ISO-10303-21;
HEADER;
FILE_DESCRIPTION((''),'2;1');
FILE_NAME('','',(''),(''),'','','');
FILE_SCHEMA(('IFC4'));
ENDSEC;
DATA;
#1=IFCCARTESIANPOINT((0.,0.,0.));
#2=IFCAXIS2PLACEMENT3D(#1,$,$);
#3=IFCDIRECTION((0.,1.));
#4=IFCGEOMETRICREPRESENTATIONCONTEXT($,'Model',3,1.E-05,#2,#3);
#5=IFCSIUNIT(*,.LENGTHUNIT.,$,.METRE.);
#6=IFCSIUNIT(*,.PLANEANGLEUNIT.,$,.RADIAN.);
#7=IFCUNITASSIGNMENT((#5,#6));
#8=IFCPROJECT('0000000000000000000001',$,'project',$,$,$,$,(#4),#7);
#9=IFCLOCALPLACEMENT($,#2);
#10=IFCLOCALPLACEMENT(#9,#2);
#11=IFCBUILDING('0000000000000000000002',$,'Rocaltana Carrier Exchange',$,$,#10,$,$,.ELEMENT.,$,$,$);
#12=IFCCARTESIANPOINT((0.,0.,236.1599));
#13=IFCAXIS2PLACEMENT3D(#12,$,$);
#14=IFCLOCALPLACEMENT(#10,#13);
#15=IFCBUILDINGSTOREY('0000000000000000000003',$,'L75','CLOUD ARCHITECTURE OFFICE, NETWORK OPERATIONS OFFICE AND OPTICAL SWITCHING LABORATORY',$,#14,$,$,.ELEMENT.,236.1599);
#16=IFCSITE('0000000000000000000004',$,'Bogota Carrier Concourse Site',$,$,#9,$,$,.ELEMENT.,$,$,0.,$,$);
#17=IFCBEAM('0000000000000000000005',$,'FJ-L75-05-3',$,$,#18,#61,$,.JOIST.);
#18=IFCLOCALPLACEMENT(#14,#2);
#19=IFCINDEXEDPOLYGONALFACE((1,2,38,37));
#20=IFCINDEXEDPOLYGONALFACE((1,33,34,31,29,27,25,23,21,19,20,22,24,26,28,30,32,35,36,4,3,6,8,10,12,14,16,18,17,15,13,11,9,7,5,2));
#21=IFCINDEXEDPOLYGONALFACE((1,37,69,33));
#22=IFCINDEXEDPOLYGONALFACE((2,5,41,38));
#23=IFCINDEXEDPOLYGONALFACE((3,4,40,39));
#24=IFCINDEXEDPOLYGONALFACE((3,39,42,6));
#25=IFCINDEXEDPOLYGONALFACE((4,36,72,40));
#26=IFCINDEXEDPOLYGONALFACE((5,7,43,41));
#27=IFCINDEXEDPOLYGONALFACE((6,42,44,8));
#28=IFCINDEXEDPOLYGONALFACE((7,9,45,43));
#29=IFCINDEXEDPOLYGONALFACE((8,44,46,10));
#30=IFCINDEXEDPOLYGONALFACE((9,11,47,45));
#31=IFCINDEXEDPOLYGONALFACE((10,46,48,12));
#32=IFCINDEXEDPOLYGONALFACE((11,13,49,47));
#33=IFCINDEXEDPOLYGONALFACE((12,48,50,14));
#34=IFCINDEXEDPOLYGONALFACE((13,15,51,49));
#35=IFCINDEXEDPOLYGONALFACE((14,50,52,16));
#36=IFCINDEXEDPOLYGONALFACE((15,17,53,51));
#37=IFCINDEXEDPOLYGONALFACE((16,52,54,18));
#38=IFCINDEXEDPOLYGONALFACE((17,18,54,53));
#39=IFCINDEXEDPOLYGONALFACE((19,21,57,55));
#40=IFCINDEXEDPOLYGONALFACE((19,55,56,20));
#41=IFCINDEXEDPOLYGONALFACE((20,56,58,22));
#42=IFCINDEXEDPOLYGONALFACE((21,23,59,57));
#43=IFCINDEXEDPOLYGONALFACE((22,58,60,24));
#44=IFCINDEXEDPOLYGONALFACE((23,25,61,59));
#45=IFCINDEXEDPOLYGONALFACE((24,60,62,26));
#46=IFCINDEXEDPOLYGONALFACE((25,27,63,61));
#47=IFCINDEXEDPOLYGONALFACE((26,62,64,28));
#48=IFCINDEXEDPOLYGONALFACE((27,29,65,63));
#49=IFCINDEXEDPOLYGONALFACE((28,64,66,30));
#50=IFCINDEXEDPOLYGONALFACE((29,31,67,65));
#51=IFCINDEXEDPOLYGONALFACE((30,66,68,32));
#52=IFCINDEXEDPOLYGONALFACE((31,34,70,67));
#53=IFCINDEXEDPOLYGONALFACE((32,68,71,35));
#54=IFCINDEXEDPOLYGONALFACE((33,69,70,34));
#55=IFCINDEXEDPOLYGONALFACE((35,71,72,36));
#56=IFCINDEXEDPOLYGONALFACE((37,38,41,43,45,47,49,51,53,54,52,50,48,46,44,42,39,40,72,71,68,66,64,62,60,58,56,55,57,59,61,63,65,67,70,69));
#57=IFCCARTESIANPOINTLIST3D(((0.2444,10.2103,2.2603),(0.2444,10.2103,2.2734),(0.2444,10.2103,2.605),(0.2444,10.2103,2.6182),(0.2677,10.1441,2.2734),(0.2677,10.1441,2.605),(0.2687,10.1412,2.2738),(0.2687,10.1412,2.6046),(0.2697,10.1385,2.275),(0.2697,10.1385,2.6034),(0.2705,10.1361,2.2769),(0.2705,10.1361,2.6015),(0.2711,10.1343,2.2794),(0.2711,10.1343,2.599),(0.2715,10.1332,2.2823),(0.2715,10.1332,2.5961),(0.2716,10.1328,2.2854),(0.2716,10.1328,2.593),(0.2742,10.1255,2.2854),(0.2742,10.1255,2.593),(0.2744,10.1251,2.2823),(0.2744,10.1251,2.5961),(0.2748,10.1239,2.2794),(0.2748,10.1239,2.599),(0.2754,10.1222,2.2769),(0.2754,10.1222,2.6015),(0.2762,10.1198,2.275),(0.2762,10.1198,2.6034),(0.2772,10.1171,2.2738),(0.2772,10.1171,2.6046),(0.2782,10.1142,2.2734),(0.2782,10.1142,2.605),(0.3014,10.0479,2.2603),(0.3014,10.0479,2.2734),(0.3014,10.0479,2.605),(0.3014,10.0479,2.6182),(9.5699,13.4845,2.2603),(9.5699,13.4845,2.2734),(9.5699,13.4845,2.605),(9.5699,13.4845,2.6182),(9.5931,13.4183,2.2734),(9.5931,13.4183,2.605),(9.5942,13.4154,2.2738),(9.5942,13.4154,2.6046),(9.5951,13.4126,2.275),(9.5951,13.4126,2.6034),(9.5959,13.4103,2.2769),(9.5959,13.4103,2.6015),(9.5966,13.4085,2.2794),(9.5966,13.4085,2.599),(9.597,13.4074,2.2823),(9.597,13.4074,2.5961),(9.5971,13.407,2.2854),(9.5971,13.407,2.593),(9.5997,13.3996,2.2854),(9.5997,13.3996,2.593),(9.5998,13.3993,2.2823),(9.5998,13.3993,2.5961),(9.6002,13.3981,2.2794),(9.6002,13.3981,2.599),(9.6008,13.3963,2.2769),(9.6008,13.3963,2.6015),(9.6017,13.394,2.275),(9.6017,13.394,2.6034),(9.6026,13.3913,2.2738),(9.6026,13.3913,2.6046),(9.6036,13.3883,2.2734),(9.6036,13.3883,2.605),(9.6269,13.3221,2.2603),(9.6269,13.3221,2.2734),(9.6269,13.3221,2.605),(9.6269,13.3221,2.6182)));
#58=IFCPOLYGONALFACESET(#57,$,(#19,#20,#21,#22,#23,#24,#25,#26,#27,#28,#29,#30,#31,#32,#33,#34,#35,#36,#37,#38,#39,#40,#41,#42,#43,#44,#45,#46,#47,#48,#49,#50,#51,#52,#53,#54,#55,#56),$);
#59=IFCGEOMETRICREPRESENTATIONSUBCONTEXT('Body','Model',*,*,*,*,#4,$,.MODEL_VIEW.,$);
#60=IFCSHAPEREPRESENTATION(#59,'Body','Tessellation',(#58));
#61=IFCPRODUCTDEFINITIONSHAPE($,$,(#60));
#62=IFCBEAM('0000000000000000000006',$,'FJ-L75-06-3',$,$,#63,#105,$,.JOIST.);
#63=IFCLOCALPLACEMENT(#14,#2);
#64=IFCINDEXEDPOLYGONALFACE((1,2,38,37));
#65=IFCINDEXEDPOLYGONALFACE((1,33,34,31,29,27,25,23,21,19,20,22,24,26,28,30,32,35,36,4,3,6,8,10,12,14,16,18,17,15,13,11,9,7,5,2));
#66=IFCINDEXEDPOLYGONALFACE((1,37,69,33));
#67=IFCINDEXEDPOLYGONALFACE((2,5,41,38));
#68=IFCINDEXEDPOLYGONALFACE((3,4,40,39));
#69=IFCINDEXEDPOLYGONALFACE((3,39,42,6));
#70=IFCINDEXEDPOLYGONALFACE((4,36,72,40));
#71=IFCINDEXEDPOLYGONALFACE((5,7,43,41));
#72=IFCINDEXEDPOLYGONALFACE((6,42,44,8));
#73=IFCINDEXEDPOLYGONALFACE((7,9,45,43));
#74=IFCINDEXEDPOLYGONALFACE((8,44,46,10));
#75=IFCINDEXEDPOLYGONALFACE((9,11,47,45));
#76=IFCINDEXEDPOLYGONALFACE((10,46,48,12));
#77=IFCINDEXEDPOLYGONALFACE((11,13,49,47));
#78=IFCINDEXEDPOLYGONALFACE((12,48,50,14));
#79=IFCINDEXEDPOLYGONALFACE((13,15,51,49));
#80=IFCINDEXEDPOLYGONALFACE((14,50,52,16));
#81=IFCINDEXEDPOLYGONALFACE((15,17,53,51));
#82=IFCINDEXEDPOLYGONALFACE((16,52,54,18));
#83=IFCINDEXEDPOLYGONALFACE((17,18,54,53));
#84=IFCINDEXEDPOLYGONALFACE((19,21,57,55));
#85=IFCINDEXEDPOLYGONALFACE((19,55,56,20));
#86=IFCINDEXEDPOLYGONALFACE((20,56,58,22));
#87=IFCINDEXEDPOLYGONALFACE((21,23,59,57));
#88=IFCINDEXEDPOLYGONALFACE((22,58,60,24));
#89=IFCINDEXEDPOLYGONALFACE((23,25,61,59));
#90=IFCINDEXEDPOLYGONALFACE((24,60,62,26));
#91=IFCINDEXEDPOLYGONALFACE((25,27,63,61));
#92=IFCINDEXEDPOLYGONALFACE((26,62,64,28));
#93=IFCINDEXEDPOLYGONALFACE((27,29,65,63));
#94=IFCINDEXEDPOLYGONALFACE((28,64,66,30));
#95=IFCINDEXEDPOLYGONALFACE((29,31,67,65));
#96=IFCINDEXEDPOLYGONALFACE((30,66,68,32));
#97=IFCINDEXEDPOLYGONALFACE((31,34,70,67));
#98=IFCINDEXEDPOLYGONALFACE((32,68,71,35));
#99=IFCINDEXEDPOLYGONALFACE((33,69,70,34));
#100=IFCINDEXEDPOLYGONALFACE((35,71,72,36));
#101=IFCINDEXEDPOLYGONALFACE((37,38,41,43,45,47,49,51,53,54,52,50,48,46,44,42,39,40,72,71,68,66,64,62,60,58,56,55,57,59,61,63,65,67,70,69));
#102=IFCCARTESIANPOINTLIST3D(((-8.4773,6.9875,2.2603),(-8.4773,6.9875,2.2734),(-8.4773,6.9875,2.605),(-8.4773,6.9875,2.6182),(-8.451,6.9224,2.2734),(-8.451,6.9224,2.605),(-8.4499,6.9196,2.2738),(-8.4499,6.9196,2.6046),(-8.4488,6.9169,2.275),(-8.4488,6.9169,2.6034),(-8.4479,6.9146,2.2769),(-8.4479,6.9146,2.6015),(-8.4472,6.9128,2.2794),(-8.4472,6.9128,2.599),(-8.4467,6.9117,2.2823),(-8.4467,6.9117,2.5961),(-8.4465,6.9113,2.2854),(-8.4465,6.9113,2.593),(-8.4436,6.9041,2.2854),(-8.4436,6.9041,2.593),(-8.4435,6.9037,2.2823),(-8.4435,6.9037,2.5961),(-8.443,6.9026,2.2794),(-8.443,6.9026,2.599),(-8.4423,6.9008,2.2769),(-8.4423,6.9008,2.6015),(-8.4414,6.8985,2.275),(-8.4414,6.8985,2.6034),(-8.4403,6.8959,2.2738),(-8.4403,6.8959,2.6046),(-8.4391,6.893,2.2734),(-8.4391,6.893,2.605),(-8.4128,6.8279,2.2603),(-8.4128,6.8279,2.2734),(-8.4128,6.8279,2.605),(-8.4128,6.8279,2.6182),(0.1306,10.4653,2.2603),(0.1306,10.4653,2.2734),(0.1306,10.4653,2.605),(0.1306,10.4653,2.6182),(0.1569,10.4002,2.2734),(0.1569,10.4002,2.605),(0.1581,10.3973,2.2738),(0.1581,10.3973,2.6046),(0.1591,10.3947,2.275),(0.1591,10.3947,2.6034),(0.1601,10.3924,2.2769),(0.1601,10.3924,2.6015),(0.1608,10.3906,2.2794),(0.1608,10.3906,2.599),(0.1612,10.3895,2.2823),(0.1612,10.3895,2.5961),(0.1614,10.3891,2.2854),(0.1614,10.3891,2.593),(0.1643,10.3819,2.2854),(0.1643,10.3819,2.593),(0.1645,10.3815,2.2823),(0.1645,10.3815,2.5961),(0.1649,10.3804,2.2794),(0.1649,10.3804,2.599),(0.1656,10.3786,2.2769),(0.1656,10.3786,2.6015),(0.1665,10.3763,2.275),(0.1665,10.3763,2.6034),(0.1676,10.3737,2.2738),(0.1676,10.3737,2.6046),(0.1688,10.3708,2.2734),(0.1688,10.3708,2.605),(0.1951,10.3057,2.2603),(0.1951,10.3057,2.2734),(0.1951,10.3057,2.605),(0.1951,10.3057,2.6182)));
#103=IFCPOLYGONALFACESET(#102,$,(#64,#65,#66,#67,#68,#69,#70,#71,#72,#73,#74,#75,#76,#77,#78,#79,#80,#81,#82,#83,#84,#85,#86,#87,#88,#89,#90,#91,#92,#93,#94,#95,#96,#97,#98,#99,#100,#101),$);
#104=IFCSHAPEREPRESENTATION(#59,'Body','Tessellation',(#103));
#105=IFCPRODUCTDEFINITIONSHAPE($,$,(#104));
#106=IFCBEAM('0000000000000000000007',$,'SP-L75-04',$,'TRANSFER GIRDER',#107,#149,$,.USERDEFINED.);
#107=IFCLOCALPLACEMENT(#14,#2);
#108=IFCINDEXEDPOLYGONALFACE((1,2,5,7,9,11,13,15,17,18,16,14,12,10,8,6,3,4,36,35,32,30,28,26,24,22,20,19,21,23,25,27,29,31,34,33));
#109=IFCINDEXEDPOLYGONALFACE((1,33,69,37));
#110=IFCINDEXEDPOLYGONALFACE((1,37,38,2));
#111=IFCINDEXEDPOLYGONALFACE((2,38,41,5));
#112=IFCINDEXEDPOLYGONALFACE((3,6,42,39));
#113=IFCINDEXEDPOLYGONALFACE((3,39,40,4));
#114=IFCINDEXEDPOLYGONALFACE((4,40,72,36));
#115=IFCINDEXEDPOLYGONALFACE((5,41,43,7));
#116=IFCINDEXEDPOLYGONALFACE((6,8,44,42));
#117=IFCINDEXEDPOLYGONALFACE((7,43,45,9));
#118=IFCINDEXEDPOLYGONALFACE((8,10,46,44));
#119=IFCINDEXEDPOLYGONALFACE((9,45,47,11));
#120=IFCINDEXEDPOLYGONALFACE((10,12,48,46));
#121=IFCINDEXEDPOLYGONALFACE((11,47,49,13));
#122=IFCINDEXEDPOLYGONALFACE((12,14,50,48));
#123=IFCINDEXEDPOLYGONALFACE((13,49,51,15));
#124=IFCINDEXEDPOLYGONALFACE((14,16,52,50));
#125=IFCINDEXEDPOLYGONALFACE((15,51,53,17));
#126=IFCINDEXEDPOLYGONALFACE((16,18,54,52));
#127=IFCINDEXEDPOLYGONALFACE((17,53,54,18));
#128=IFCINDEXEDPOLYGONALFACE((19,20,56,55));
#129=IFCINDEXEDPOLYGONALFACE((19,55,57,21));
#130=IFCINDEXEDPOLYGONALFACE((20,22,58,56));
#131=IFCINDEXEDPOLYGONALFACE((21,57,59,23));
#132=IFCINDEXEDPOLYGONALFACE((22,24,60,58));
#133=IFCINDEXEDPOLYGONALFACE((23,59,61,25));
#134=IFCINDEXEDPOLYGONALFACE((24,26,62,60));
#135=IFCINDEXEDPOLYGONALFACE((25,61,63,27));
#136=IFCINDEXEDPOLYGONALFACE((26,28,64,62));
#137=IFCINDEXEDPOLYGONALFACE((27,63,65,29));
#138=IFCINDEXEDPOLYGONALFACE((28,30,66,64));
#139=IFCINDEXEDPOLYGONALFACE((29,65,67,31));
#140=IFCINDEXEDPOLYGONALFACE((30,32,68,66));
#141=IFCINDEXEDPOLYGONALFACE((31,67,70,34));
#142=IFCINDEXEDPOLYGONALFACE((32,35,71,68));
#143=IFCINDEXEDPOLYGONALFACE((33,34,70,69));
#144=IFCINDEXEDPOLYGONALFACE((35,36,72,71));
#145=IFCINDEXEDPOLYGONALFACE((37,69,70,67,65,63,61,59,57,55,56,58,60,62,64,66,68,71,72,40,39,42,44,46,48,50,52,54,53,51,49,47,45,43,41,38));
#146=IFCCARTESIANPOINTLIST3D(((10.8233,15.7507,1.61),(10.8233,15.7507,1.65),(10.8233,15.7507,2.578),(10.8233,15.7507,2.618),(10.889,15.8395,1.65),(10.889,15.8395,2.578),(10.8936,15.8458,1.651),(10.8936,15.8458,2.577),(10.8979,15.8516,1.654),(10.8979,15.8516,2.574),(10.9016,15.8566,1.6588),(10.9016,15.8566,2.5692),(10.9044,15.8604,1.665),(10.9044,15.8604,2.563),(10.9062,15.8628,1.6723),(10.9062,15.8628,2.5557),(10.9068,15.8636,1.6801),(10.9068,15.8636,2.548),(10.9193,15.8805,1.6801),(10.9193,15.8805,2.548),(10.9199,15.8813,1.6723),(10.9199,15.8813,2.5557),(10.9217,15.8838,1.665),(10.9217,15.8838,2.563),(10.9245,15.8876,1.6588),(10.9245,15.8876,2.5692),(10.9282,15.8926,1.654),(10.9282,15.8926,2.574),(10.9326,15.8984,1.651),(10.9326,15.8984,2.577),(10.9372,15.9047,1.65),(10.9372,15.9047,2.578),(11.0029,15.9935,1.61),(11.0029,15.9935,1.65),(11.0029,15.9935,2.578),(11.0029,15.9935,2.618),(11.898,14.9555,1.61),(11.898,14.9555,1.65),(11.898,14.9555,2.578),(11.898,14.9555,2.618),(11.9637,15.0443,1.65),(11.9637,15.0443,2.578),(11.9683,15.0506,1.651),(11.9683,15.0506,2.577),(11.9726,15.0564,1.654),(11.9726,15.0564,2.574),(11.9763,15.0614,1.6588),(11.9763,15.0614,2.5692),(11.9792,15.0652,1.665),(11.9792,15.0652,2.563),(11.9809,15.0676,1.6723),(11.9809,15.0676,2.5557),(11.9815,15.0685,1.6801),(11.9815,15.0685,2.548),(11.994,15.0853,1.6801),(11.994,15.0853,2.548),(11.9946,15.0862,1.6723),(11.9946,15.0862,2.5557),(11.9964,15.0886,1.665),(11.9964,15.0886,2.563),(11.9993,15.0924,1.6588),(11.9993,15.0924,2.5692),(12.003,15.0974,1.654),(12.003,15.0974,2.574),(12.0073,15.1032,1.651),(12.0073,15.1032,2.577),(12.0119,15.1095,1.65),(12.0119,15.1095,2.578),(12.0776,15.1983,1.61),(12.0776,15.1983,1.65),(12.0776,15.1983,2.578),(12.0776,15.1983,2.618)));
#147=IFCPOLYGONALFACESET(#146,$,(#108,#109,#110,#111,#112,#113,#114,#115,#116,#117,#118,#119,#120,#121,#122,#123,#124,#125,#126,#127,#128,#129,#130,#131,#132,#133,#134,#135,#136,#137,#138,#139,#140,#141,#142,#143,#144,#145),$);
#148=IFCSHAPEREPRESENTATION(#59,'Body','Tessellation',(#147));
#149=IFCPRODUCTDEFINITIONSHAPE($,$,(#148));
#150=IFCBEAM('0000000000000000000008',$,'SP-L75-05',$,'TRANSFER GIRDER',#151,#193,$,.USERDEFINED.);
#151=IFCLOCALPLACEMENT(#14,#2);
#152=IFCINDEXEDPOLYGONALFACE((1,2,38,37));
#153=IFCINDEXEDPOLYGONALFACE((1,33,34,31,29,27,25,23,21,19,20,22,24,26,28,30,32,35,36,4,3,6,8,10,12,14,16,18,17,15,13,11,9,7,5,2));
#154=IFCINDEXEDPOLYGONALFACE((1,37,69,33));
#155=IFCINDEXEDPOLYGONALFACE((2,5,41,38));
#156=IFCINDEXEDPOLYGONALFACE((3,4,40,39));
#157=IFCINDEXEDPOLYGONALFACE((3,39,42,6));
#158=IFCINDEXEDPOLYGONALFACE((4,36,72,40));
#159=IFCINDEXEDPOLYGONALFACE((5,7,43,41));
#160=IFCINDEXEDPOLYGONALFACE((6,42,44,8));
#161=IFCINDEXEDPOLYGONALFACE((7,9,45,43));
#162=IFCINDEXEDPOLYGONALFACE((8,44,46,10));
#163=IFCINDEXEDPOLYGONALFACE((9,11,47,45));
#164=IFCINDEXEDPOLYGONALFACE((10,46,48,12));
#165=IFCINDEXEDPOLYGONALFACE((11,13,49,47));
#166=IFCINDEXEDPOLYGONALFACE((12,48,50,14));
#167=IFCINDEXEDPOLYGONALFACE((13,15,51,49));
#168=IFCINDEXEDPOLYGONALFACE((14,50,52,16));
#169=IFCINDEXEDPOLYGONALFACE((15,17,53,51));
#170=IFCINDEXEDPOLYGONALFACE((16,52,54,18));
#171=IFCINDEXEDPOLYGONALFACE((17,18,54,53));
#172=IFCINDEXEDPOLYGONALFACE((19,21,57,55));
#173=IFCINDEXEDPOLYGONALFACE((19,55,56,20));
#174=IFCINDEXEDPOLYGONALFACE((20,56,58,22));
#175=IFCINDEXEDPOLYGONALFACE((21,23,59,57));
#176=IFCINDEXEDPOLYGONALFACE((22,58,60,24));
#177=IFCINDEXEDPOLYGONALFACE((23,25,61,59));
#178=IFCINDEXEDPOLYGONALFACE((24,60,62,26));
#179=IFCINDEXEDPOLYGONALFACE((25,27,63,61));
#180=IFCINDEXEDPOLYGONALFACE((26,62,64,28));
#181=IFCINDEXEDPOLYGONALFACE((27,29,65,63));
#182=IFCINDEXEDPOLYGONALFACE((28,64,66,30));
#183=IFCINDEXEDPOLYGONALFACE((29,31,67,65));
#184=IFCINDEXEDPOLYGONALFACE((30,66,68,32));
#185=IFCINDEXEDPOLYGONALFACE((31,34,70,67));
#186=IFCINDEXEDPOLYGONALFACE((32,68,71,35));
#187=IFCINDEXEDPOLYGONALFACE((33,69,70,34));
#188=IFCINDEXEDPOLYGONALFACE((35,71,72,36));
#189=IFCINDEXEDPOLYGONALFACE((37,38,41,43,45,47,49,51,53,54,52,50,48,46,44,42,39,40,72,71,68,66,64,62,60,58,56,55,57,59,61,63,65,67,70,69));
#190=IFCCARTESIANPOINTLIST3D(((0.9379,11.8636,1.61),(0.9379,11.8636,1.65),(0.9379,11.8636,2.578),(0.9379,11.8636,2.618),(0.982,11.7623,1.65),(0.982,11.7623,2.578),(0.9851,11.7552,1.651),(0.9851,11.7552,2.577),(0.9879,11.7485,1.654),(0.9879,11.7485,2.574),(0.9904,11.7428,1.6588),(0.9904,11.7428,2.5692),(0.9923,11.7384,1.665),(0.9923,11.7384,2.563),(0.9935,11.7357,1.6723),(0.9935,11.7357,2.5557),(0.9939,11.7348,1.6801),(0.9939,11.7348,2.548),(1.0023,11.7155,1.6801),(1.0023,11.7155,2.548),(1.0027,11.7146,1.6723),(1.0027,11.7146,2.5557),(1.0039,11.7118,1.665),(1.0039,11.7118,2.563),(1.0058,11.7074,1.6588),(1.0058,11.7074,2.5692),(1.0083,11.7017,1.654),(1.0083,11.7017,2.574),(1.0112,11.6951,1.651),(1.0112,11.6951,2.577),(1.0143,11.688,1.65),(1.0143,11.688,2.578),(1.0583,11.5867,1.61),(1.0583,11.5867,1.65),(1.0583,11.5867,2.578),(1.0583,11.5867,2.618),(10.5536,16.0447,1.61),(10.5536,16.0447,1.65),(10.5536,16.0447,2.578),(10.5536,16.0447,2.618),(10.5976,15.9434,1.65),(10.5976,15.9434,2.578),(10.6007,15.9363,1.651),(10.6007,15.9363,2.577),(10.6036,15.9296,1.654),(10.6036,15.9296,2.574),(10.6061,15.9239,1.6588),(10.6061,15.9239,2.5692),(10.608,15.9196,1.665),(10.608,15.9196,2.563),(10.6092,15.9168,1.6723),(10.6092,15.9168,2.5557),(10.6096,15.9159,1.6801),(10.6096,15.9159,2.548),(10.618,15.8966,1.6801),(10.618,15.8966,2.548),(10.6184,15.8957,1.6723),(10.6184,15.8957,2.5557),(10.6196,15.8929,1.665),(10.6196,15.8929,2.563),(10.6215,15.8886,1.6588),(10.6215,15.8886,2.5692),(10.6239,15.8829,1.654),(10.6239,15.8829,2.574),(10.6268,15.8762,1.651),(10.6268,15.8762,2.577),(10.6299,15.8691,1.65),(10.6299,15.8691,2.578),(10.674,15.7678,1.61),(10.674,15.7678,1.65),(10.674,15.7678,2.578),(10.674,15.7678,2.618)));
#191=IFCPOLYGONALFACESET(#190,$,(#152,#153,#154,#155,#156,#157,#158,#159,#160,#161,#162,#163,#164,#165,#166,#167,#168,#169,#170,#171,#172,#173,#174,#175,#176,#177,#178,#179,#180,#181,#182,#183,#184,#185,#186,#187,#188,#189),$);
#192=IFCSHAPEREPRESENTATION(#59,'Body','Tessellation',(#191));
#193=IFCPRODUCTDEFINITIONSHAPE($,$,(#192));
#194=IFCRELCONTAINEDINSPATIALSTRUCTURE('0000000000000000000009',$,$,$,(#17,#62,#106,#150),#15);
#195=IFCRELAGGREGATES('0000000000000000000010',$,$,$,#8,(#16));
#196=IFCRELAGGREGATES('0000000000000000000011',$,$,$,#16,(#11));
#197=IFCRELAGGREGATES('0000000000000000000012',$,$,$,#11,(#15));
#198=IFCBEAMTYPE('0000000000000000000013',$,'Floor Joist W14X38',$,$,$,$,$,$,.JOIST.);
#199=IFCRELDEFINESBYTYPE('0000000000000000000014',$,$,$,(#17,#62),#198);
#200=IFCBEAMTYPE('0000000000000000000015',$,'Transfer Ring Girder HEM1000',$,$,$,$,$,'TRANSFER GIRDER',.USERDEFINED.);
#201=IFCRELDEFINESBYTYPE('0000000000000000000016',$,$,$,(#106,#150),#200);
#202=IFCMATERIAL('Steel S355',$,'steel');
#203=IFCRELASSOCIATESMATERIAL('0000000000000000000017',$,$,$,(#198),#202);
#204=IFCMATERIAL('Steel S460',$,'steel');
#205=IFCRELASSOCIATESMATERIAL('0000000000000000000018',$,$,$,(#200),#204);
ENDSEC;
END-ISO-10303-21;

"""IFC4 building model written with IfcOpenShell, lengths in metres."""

from ifc_helpers import new_model, si_unit, direction, frame, origin, origin_2d, place, context, subcontext, project, spatial, i_section, extrude, material, material_profile, profile_set, type_object, element, save


model = new_model("IFC4")

# Units and contexts
model_context = context("Model", 3, precision=1e-05, world=origin(), true_north=direction((0.0, 1.0)))
body_context = subcontext(model_context, "Body", "Model", "MODEL_VIEW")
ifc_project = project(units=[si_unit("LENGTHUNIT", "METRE"), si_unit("PLANEANGLEUNIT", "RADIAN")], contexts=[model_context])

# Site, building, storey
site_placement = place(None, origin())
site = spatial("IfcSite", under=ifc_project, at=site_placement, Name="Bogota Carrier Concourse Site", CompositionType="ELEMENT", RefElevation=0.0)
building_placement = place(site_placement, origin())
building = spatial("IfcBuilding", under=site, at=building_placement, Name="Rocaltana Carrier Exchange", CompositionType="ELEMENT")
storey_placement = place(building_placement, frame((0.0, 0.0, 236.1599)))
storey = spatial("IfcBuildingStorey", under=building, at=storey_placement, Name="L75", Description="CLOUD ARCHITECTURE OFFICE, NETWORK OPERATIONS OFFICE AND OPTICAL SWITCHING LABORATORY", CompositionType="ELEMENT", Elevation=236.1599)

# Beams
ifc_material_1 = material(Name="Steel S355", Category="steel")
ifc_material_profile_1 = material_profile(ifc_material_1, i_section(OverallWidth=0.1721, OverallDepth=0.3579, WebThickness=0.0078, FlangeThickness=0.0132, FilletRadius=0.012, at=origin_2d()), Name="W14X38")
ifc_profile_set_1 = profile_set([ifc_material_profile_1], Name="Steel S355")
beam_type_1 = type_object("IfcBeamType", Name="Floor Joist W14X38", PredefinedType="JOIST", material=ifc_profile_set_1)
beam_1_placement = place(storey_placement, frame((9.5984, 13.4033, 2.4392), z_axis=(-0.943534, -0.331276, 0.0), x_axis=(0.331276, -0.943534, 0.0)))
element("IfcBeam", 1, at=beam_1_placement, inside=storey, type_object=beam_type_1, Name="FJ-L75-05-3", PredefinedType="JOIST", context=body_context, shape_type="SweptSolid", body=[
    extrude(i_section(OverallWidth=0.1721, OverallDepth=0.3579, WebThickness=0.0078, FlangeThickness=0.0132, FilletRadius=0.012, at=origin_2d()), origin(), (0.0, 0.0, 1.0), 9.8835),
])
beam_2_placement = place(storey_placement, frame((0.1628, 10.3855, 2.4392), z_axis=(-0.927185, -0.374603, 0.0), x_axis=(0.374603, -0.927185, 0.0)))
element("IfcBeam", 2, at=beam_2_placement, inside=storey, type_object=beam_type_1, Name="FJ-L75-06-3", PredefinedType="JOIST", context=body_context, shape_type="SweptSolid", body=[
    extrude(i_section(OverallWidth=0.1721, OverallDepth=0.3579, WebThickness=0.0078, FlangeThickness=0.0132, FilletRadius=0.012, at=origin_2d()), origin(), (0.0, 0.0, 1.0), 9.2839),
])
ifc_material_2 = material(Name="Steel S460", Category="steel")
ifc_material_profile_2 = material_profile(ifc_material_2, i_section(OverallWidth=0.302, OverallDepth=1.0081, WebThickness=0.021, FlangeThickness=0.04, FilletRadius=0.03, at=origin_2d()), Name="HEM1000")
ifc_profile_set_2 = profile_set([ifc_material_profile_2], Name="Steel S460")
beam_type_2 = type_object("IfcBeamType", Name="Transfer Ring Girder HEM1000", ElementType="TRANSFER GIRDER", PredefinedType="USERDEFINED", material=ifc_profile_set_2)
beam_3_placement = place(storey_placement, frame((11.9878, 15.0769, 2.114), z_axis=(-0.803884, 0.594786, 0.0), x_axis=(-0.594786, -0.803884, 0.0)))
element("IfcBeam", 3, at=beam_3_placement, inside=storey, type_object=beam_type_2, Name="SP-L75-04", ObjectType="TRANSFER GIRDER", PredefinedType="USERDEFINED", context=body_context, shape_type="SweptSolid", body=[
    extrude(i_section(OverallWidth=0.302, OverallDepth=1.0081, WebThickness=0.021, FlangeThickness=0.04, FilletRadius=0.03, at=origin_2d()), origin(), (0.0, 0.0, 1.0), 1.3369),
])
for number, where, z_axis, x_axis, name in (
    (4, (10.6138, 15.9062, 2.114), (-0.917056, -0.398758, 0.0), (0.398758, -0.917056, 0.0), "SP-L75-05"),
):
    element("IfcBeam", number, at=place(storey_placement, frame(where, z_axis=z_axis, x_axis=x_axis)), inside=storey, type_object=beam_type_2, Name=name, ObjectType="TRANSFER GIRDER", PredefinedType="USERDEFINED", context=body_context, shape_type="SweptSolid", body=[
        extrude(i_section(OverallWidth=0.302, OverallDepth=1.0081, WebThickness=0.021, FlangeThickness=0.04, FilletRadius=0.03, at=origin_2d()), origin(), (0.0, 0.0, 1.0), 10.4854),
    ])

save(model, "model.ifc")
